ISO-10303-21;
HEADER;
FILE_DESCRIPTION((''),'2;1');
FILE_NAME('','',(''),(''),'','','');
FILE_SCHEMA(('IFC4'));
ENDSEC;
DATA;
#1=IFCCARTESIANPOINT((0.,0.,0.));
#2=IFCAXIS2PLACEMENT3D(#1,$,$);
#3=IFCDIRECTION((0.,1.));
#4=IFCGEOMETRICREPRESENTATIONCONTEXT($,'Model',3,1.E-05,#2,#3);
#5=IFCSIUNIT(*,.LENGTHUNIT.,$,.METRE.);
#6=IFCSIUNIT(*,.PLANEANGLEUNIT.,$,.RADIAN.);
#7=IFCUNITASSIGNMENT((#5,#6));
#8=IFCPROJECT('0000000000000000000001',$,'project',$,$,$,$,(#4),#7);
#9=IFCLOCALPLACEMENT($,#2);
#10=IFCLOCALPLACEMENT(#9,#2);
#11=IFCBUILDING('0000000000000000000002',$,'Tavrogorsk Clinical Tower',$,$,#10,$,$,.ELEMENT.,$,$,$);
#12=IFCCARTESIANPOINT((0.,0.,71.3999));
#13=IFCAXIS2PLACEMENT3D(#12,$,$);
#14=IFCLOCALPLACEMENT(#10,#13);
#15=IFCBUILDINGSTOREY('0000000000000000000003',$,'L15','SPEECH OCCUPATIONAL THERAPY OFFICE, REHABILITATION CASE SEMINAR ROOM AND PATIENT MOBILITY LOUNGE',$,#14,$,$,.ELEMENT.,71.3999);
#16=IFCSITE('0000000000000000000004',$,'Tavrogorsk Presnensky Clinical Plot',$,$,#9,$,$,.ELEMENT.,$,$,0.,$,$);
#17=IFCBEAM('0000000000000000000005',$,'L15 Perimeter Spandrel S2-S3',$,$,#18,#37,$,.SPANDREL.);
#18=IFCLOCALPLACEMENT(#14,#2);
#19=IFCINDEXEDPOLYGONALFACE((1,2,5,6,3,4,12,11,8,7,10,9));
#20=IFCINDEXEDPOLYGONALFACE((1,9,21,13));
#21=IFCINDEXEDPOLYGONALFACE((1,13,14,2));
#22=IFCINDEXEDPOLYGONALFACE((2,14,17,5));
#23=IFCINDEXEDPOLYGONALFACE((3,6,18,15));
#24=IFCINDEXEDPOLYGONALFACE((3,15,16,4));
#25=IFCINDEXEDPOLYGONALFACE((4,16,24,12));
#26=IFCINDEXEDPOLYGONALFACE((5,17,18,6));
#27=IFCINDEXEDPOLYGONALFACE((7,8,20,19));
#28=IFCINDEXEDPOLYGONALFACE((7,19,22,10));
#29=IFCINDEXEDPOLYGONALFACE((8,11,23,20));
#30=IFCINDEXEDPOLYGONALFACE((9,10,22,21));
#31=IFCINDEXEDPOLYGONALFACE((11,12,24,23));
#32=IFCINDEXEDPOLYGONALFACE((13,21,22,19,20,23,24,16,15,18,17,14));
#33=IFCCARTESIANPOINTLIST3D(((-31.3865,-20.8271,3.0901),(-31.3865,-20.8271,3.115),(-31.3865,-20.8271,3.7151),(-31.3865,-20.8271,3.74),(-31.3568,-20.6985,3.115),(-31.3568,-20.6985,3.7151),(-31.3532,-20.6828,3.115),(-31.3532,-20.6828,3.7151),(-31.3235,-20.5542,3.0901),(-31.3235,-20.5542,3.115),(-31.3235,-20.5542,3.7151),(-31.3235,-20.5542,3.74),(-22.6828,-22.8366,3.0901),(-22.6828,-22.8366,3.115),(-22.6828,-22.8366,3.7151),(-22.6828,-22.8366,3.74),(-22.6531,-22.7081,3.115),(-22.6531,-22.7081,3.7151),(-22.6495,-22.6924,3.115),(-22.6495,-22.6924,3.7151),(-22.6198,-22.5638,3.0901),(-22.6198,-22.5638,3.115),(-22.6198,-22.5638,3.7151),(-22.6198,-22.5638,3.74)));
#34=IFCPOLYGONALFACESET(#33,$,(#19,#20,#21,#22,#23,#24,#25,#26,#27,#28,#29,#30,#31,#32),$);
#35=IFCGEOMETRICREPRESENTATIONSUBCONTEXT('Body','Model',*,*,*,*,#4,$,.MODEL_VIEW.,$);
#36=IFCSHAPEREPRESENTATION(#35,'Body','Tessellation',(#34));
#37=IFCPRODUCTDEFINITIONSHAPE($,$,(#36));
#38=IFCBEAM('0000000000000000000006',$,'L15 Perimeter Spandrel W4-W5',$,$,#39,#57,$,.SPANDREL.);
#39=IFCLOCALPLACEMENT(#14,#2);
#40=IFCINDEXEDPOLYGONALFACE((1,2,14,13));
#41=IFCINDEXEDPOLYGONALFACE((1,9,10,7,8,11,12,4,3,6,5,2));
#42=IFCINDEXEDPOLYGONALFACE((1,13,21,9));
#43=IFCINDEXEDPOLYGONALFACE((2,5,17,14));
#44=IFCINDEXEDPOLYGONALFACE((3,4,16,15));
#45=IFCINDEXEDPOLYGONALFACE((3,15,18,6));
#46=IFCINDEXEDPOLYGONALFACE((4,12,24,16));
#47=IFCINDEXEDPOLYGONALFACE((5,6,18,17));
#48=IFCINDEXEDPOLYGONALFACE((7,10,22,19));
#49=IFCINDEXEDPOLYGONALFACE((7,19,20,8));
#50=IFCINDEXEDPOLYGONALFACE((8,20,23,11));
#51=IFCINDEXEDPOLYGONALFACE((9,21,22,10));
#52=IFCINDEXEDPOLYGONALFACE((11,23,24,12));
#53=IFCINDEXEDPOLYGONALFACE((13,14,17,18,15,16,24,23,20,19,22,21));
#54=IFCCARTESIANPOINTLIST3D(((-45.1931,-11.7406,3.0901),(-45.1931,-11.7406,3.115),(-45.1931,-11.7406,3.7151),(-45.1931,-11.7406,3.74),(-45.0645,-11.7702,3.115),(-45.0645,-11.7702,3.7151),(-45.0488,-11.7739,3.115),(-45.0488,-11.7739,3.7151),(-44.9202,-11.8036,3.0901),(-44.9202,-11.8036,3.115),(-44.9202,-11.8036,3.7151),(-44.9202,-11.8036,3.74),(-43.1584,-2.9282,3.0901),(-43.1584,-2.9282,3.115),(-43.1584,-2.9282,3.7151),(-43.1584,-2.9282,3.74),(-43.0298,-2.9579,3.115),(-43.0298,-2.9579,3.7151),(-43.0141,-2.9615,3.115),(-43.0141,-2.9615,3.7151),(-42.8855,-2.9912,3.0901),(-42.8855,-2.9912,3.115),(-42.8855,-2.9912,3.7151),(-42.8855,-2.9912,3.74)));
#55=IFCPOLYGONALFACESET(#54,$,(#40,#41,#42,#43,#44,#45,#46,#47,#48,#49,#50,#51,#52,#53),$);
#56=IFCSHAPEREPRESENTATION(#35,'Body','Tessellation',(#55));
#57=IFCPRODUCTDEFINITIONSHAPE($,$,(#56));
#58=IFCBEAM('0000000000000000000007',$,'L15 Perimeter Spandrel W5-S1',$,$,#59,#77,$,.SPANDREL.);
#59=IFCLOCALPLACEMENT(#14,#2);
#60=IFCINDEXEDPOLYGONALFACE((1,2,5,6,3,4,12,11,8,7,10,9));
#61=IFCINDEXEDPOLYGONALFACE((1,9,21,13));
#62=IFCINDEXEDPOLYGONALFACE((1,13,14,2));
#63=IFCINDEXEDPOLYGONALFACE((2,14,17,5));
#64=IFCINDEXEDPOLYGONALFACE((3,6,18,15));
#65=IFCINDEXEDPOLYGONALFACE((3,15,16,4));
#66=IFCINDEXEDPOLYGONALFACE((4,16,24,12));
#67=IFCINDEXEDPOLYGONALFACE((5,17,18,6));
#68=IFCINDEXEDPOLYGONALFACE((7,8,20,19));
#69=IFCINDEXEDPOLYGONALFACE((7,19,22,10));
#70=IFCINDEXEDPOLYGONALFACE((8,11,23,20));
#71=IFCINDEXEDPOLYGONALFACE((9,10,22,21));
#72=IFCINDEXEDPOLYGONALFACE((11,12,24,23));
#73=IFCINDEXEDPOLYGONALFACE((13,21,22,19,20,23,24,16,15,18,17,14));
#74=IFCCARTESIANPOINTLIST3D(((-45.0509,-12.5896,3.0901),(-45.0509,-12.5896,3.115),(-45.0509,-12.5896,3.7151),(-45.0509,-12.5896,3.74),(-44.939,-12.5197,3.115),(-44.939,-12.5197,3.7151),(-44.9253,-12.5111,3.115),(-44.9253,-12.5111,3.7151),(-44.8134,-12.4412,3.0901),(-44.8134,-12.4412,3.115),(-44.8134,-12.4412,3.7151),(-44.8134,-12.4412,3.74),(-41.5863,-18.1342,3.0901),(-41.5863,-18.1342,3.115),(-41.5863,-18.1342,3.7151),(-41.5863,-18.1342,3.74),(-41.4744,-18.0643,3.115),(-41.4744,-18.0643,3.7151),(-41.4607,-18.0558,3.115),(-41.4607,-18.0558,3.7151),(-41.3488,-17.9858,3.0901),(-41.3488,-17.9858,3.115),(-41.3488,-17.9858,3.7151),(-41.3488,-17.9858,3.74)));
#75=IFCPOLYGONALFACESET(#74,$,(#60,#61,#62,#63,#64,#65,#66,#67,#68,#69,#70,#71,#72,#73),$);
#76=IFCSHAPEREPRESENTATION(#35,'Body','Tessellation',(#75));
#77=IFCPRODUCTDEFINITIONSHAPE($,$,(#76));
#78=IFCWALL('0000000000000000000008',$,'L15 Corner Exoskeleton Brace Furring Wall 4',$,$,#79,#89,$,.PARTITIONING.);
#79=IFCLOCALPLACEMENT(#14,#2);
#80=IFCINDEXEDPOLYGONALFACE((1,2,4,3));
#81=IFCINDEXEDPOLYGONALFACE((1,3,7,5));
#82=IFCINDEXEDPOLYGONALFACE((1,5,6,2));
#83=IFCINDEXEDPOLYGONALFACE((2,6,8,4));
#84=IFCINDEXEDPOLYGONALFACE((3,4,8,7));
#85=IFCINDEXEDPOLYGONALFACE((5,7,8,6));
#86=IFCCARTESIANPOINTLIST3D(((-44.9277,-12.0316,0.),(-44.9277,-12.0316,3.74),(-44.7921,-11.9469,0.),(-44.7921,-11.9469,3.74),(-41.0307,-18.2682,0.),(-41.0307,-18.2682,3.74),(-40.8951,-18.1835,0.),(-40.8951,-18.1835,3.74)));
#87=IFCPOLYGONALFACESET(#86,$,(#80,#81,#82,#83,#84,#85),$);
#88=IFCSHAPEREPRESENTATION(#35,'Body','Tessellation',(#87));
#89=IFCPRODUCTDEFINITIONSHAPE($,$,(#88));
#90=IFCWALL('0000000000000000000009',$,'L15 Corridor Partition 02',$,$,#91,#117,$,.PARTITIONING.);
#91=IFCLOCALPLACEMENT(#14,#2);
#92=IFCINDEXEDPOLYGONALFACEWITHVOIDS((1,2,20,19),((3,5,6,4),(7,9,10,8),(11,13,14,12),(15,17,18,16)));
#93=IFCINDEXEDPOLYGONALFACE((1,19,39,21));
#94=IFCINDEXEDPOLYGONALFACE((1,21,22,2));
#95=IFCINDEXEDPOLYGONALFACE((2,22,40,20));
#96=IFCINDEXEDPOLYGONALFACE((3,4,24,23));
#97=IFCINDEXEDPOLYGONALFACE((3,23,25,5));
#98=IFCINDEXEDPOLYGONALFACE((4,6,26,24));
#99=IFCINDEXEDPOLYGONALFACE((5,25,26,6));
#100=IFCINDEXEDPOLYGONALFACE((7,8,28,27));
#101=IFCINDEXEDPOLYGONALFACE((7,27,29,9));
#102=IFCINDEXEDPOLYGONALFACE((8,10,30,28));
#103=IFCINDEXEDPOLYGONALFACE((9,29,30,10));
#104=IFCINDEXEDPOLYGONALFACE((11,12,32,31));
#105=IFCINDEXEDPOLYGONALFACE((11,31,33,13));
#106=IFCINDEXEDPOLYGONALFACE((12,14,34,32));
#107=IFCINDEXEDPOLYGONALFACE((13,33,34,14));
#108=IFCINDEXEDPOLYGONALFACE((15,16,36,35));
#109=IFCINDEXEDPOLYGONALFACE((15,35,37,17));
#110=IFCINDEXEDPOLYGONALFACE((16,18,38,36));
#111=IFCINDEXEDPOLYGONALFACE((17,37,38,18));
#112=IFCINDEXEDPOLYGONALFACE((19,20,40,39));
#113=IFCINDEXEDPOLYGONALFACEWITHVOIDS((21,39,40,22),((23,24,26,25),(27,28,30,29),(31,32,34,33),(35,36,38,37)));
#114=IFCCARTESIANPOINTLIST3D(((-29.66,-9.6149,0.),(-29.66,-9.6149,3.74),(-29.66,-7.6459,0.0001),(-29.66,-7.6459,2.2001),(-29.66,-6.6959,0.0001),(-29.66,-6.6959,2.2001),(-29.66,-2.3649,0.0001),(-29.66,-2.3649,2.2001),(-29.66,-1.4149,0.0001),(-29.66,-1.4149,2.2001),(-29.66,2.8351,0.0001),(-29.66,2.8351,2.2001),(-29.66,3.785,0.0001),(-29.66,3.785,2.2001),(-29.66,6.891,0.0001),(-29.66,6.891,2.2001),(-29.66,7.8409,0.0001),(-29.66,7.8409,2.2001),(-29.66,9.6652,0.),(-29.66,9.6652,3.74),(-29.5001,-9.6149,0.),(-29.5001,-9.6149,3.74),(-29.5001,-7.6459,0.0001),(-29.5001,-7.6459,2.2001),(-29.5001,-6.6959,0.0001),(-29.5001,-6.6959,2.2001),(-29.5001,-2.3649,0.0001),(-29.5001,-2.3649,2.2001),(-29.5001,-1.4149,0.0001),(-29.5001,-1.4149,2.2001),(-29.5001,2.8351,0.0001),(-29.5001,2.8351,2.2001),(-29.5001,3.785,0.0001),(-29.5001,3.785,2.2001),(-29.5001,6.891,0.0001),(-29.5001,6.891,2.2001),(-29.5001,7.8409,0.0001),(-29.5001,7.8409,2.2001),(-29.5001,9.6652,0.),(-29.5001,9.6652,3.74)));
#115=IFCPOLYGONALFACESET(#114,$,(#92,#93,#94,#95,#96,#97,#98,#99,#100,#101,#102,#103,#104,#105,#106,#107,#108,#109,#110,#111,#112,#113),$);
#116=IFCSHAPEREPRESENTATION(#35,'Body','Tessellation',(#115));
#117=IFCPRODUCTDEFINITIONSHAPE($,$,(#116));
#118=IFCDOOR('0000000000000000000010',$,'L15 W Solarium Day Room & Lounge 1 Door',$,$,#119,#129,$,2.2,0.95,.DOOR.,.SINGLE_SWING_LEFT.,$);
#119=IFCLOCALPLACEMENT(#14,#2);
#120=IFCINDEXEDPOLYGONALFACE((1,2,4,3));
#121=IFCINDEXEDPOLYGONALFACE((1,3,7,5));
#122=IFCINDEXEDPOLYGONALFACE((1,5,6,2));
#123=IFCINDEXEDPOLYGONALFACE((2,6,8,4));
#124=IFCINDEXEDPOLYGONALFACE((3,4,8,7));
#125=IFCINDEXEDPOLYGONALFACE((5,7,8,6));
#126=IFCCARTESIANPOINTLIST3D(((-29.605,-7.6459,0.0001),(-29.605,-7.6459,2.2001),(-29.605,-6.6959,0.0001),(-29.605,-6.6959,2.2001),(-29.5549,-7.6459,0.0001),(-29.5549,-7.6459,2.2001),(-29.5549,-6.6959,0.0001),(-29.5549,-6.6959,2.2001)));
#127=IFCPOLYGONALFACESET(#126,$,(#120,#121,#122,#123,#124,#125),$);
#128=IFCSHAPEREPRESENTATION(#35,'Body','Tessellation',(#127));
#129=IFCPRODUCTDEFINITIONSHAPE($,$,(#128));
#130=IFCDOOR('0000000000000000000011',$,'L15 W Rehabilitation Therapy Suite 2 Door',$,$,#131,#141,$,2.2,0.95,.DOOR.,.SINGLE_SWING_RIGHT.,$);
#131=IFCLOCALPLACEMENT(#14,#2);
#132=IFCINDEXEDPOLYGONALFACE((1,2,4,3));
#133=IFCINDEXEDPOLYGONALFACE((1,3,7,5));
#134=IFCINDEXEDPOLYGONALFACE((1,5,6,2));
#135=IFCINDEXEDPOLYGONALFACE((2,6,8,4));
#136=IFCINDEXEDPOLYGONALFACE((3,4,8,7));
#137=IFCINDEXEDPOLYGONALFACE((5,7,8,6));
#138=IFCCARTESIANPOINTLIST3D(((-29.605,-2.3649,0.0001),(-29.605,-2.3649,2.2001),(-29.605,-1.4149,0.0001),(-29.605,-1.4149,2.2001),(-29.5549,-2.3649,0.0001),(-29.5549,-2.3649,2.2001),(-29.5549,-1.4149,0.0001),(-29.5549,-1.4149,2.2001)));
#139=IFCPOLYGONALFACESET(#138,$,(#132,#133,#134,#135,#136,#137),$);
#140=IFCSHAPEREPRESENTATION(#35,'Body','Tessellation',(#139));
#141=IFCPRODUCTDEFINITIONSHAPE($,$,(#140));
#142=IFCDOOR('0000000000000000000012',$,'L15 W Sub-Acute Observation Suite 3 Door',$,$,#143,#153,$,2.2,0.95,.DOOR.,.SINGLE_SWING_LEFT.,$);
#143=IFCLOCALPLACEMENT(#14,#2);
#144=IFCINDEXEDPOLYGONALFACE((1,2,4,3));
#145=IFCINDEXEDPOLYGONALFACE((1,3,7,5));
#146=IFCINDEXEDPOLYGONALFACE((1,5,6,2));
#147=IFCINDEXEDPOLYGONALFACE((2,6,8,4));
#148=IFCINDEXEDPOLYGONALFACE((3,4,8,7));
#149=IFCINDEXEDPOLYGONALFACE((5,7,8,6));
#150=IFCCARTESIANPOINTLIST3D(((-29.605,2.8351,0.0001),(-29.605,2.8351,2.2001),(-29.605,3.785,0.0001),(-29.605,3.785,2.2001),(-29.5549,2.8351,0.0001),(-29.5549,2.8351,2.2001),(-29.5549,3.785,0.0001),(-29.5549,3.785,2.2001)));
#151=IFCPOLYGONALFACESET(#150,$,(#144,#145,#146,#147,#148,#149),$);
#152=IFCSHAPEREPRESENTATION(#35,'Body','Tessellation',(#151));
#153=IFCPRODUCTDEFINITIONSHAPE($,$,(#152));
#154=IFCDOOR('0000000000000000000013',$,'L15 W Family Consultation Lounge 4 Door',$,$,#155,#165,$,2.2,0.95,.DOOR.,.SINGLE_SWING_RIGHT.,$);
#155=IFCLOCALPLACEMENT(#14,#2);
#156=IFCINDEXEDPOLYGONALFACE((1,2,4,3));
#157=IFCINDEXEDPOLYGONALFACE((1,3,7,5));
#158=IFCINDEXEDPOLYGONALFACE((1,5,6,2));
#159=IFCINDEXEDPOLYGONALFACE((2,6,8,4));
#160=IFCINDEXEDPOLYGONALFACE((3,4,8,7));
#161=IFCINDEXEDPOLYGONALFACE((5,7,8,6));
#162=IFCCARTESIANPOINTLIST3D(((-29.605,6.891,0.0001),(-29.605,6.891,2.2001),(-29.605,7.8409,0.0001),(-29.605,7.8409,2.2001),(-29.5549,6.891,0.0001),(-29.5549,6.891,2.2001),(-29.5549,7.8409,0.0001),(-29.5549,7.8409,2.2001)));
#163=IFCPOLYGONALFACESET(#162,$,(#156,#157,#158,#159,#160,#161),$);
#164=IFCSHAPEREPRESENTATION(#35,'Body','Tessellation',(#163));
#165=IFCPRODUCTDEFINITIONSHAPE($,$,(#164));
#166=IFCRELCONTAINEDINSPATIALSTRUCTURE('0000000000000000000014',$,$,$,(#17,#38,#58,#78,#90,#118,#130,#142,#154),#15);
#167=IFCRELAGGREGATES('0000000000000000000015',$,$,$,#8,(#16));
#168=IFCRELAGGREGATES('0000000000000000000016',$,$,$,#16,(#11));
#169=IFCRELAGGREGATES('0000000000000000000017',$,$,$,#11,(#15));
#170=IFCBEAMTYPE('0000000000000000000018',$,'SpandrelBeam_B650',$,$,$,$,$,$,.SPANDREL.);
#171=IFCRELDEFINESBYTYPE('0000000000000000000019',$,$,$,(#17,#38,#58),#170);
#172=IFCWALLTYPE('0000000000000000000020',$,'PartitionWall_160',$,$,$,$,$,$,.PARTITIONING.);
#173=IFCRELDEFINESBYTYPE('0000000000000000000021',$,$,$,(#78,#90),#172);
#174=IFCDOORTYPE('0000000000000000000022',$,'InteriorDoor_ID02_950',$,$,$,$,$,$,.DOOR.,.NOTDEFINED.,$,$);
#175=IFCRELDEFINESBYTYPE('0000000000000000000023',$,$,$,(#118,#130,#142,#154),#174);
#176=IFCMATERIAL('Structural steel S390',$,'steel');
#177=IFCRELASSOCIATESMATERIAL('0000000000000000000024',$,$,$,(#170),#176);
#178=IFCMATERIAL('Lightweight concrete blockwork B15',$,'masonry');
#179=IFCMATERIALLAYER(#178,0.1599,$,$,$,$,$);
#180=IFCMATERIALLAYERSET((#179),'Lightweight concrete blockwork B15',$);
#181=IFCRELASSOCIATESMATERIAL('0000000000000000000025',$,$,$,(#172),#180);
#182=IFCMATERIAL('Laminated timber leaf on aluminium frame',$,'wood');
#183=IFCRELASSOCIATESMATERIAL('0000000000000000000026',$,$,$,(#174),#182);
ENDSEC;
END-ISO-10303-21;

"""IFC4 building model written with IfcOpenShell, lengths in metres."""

from ifc_helpers import new_model, si_unit, direction, frame, frame_2d, origin, origin_2d, place, context, subcontext, project, spatial, rectangle, i_section, extrude, material, layer, layer_set, material_profile, profile_set, type_object, element, fill, save


model = new_model("IFC4")

# Units and contexts
model_context = context("Model", 3, precision=1e-05, world=origin(), true_north=direction((0.0, 1.0)))
body_context = subcontext(model_context, "Body", "Model", "MODEL_VIEW")
ifc_project = project(units=[si_unit("LENGTHUNIT", "METRE"), si_unit("PLANEANGLEUNIT", "RADIAN")], contexts=[model_context])

# Site, building, storey
site_placement = place(None, origin())
site = spatial("IfcSite", under=ifc_project, at=site_placement, Name="Tavrogorsk Presnensky Clinical Plot", CompositionType="ELEMENT", RefElevation=0.0)
building_placement = place(site_placement, origin())
building = spatial("IfcBuilding", under=site, at=building_placement, Name="Tavrogorsk Clinical Tower", CompositionType="ELEMENT")
storey_placement = place(building_placement, frame((0.0, 0.0, 71.3999)))
storey = spatial("IfcBuildingStorey", under=building, at=storey_placement, Name="L15", Description="SPEECH OCCUPATIONAL THERAPY OFFICE, REHABILITATION CASE SEMINAR ROOM AND PATIENT MOBILITY LOUNGE", CompositionType="ELEMENT", Elevation=71.3999)

# Beams
ifc_material_1 = material(Name="Structural steel S390", Category="steel")
ifc_material_profile_1 = material_profile(ifc_material_1, i_section(OverallWidth=0.28, OverallDepth=0.6499, WebThickness=0.0161, FlangeThickness=0.0249, at=origin_2d()), Name="B-650x280x16x25")
ifc_profile_set_1 = profile_set([ifc_material_profile_1], Name="Structural steel S390")
beam_type = type_object("IfcBeamType", Name="SpandrelBeam_B650", PredefinedType="SPANDREL", material=ifc_profile_set_1)
for number, where, z_axis, x_axis, name in (
    (1, (-31.355, -20.6907, 3.415), (0.974367, -0.224965, 0.0), (0.224965, 0.974367, 0.0), "L15 Perimeter Spandrel S2-S3"),
):
    element("IfcBeam", number, at=place(storey_placement, frame(where, z_axis=z_axis, x_axis=x_axis)), inside=storey, type_object=beam_type, Name=name, PredefinedType="SPANDREL", context=body_context, shape_type="SweptSolid", body=[
        extrude(i_section(OverallWidth=0.28, OverallDepth=0.6499, WebThickness=0.0161, FlangeThickness=0.0249, at=origin_2d()), origin(), (0.0, 0.0, 1.0), 8.9326),
    ])
beam_1_placement = place(storey_placement, frame((-43.022, -2.9597, 3.415), z_axis=(-0.224972, -0.974365, 0.0), x_axis=(0.974365, -0.224972, 0.0)))
element("IfcBeam", 2, at=beam_1_placement, inside=storey, type_object=beam_type, Name="L15 Perimeter Spandrel W4-W5", PredefinedType="SPANDREL", context=body_context, shape_type="SweptSolid", body=[
    extrude(i_section(OverallWidth=0.28, OverallDepth=0.6499, WebThickness=0.0161, FlangeThickness=0.0249, at=origin_2d()), origin(), (0.0, 0.0, 1.0), 9.0442),
])
beam_2_placement = place(storey_placement, frame((-44.9321, -12.5154, 3.415), z_axis=(0.529908, -0.848055, 0.0), x_axis=(0.848055, 0.529908, 0.0)))
element("IfcBeam", 3, at=beam_2_placement, inside=storey, type_object=beam_type, Name="L15 Perimeter Spandrel W5-S1", PredefinedType="SPANDREL", context=body_context, shape_type="SweptSolid", body=[
    extrude(i_section(OverallWidth=0.28, OverallDepth=0.6499, WebThickness=0.0161, FlangeThickness=0.0249, at=origin_2d()), origin(), (0.0, 0.0, 1.0), 6.5381),
])

# Wall
ifc_material_2 = material(Name="Lightweight concrete blockwork B15", Category="masonry")
ifc_layer_1 = layer(ifc_material_2, 0.1599)
ifc_layer_set_1 = layer_set([ifc_layer_1], Name="Lightweight concrete blockwork B15")
wall_type_1 = type_object("IfcWallType", Name="PartitionWall_160", PredefinedType="PARTITIONING", material=ifc_layer_set_1)
wall_1_placement = place(storey_placement, frame((-44.8599, -11.9893, 0.0), z_axis=(0.0, 0.0, 1.0), x_axis=(0.529912, -0.848052, 0.0)))
element("IfcWall", 4, at=wall_1_placement, inside=storey, type_object=wall_type_1, Name="L15 Corner Exoskeleton Brace Furring Wall 4", PredefinedType="PARTITIONING", context=body_context, shape_type="SweptSolid", body=[
    extrude(rectangle(XDim=7.354, YDim=0.1599, at=frame_2d((3.677, 0.0))), origin(), (0.0, 0.0, 1.0), 3.74),
])

# Wall, openings, doors
wall_2_placement = place(storey_placement, frame((-29.5801, -9.615, 0.0), z_axis=(0.0, 0.0, 1.0), x_axis=(0.0, 1.0, 0.0)))
wall_2 = element("IfcWall", 5, at=wall_2_placement, inside=storey, type_object=wall_type_1, Name="L15 Corridor Partition 02", PredefinedType="PARTITIONING", context=body_context, shape_type="SweptSolid", body=[
    extrude(rectangle(XDim=19.28, YDim=0.1599, at=frame_2d((9.6401, 0.0))), origin(), (0.0, 0.0, 1.0), 3.74),
])
opening_1_placement = place(wall_2_placement, frame((1.969, 0.0, 0.0)))
opening_1 = element("IfcOpeningElement", 6, at=opening_1_placement, cuts=wall_2, PredefinedType="OPENING", context=body_context, shape_type="SweptSolid", body=[
    extrude(rectangle(XDim=0.95, YDim=2.2, at=frame_2d((0.4751, 1.1001))), frame((0.0, 0.0898, 0.0), z_axis=(0.0, -1.0, 0.0), x_axis=(1.0, 0.0, 0.0)), (0.0, 0.0, 1.0), 0.1799),
])
opening_2_placement = place(wall_2_placement, frame((7.25, 0.0, 0.0)))
opening_2 = element("IfcOpeningElement", 7, at=opening_2_placement, cuts=wall_2, PredefinedType="OPENING", context=body_context, shape_type="SweptSolid", body=[
    extrude(rectangle(XDim=0.95, YDim=2.2, at=frame_2d((0.4751, 1.1001))), frame((0.0, 0.0898, 0.0), z_axis=(0.0, -1.0, 0.0), x_axis=(1.0, 0.0, 0.0)), (0.0, 0.0, 1.0), 0.1799),
])
opening_3_placement = place(wall_2_placement, frame((12.45, 0.0, 0.0)))
opening_3 = element("IfcOpeningElement", 8, at=opening_3_placement, cuts=wall_2, PredefinedType="OPENING", context=body_context, shape_type="SweptSolid", body=[
    extrude(rectangle(XDim=0.95, YDim=2.2, at=frame_2d((0.4751, 1.1001))), frame((0.0, 0.0898, 0.0), z_axis=(0.0, -1.0, 0.0), x_axis=(1.0, 0.0, 0.0)), (0.0, 0.0, 1.0), 0.1799),
])
opening_4_placement = place(wall_2_placement, frame((16.5059, 0.0, 0.0)))
opening_4 = element("IfcOpeningElement", 9, at=opening_4_placement, cuts=wall_2, PredefinedType="OPENING", context=body_context, shape_type="SweptSolid", body=[
    extrude(rectangle(XDim=0.95, YDim=2.2, at=frame_2d((0.4751, 1.1001))), frame((0.0, 0.0898, 0.0), z_axis=(0.0, -1.0, 0.0), x_axis=(1.0, 0.0, 0.0)), (0.0, 0.0, 1.0), 0.1799),
])
ifc_material_3 = material(Name="Laminated timber leaf on aluminium frame", Category="wood")
door_type = type_object("IfcDoorType", Name="InteriorDoor_ID02_950", OperationType="NOTDEFINED", PredefinedType="DOOR", material=ifc_material_3)
door_1_placement = place(opening_1_placement, origin())
door_1 = element("IfcDoor", 10, at=door_1_placement, inside=storey, type_object=door_type, Name="L15 W Solarium Day Room & Lounge 1 Door", OperationType="SINGLE_SWING_LEFT", OverallHeight=2.2, OverallWidth=0.95, PredefinedType="DOOR", context=body_context, shape_type="SweptSolid", body=[
    extrude(rectangle(XDim=0.95, YDim=2.2, at=frame_2d((0.4751, 1.1001))), frame((0.0, 0.0249, 0.0), z_axis=(0.0, -1.0, 0.0), x_axis=(1.0, 0.0, 0.0)), (0.0, 0.0, 1.0), 0.05),
])
fill(opening_1, door_1)
door_2_placement = place(opening_2_placement, origin())
door_2 = element("IfcDoor", 11, at=door_2_placement, inside=storey, type_object=door_type, Name="L15 W Rehabilitation Therapy Suite 2 Door", OperationType="SINGLE_SWING_RIGHT", OverallHeight=2.2, OverallWidth=0.95, PredefinedType="DOOR", context=body_context, shape_type="SweptSolid", body=[
    extrude(rectangle(XDim=0.95, YDim=2.2, at=frame_2d((0.4751, 1.1001))), frame((0.0, 0.0249, 0.0), z_axis=(0.0, -1.0, 0.0), x_axis=(1.0, 0.0, 0.0)), (0.0, 0.0, 1.0), 0.05),
])
fill(opening_2, door_2)
door_3_placement = place(opening_3_placement, origin())
door_3 = element("IfcDoor", 12, at=door_3_placement, inside=storey, type_object=door_type, Name="L15 W Sub-Acute Observation Suite 3 Door", OperationType="SINGLE_SWING_LEFT", OverallHeight=2.2, OverallWidth=0.95, PredefinedType="DOOR", context=body_context, shape_type="SweptSolid", body=[
    extrude(rectangle(XDim=0.95, YDim=2.2, at=frame_2d((0.4751, 1.1001))), frame((0.0, 0.0249, 0.0), z_axis=(0.0, -1.0, 0.0), x_axis=(1.0, 0.0, 0.0)), (0.0, 0.0, 1.0), 0.05),
])
fill(opening_3, door_3)
door_4_placement = place(opening_4_placement, origin())
door_4 = element("IfcDoor", 13, at=door_4_placement, inside=storey, type_object=door_type, Name="L15 W Family Consultation Lounge 4 Door", OperationType="SINGLE_SWING_RIGHT", OverallHeight=2.2, OverallWidth=0.95, PredefinedType="DOOR", context=body_context, shape_type="SweptSolid", body=[
    extrude(rectangle(XDim=0.95, YDim=2.2, at=frame_2d((0.4751, 1.1001))), frame((0.0, 0.0249, 0.0), z_axis=(0.0, -1.0, 0.0), x_axis=(1.0, 0.0, 0.0)), (0.0, 0.0, 1.0), 0.05),
])
fill(opening_4, door_4)

save(model, "model.ifc")
